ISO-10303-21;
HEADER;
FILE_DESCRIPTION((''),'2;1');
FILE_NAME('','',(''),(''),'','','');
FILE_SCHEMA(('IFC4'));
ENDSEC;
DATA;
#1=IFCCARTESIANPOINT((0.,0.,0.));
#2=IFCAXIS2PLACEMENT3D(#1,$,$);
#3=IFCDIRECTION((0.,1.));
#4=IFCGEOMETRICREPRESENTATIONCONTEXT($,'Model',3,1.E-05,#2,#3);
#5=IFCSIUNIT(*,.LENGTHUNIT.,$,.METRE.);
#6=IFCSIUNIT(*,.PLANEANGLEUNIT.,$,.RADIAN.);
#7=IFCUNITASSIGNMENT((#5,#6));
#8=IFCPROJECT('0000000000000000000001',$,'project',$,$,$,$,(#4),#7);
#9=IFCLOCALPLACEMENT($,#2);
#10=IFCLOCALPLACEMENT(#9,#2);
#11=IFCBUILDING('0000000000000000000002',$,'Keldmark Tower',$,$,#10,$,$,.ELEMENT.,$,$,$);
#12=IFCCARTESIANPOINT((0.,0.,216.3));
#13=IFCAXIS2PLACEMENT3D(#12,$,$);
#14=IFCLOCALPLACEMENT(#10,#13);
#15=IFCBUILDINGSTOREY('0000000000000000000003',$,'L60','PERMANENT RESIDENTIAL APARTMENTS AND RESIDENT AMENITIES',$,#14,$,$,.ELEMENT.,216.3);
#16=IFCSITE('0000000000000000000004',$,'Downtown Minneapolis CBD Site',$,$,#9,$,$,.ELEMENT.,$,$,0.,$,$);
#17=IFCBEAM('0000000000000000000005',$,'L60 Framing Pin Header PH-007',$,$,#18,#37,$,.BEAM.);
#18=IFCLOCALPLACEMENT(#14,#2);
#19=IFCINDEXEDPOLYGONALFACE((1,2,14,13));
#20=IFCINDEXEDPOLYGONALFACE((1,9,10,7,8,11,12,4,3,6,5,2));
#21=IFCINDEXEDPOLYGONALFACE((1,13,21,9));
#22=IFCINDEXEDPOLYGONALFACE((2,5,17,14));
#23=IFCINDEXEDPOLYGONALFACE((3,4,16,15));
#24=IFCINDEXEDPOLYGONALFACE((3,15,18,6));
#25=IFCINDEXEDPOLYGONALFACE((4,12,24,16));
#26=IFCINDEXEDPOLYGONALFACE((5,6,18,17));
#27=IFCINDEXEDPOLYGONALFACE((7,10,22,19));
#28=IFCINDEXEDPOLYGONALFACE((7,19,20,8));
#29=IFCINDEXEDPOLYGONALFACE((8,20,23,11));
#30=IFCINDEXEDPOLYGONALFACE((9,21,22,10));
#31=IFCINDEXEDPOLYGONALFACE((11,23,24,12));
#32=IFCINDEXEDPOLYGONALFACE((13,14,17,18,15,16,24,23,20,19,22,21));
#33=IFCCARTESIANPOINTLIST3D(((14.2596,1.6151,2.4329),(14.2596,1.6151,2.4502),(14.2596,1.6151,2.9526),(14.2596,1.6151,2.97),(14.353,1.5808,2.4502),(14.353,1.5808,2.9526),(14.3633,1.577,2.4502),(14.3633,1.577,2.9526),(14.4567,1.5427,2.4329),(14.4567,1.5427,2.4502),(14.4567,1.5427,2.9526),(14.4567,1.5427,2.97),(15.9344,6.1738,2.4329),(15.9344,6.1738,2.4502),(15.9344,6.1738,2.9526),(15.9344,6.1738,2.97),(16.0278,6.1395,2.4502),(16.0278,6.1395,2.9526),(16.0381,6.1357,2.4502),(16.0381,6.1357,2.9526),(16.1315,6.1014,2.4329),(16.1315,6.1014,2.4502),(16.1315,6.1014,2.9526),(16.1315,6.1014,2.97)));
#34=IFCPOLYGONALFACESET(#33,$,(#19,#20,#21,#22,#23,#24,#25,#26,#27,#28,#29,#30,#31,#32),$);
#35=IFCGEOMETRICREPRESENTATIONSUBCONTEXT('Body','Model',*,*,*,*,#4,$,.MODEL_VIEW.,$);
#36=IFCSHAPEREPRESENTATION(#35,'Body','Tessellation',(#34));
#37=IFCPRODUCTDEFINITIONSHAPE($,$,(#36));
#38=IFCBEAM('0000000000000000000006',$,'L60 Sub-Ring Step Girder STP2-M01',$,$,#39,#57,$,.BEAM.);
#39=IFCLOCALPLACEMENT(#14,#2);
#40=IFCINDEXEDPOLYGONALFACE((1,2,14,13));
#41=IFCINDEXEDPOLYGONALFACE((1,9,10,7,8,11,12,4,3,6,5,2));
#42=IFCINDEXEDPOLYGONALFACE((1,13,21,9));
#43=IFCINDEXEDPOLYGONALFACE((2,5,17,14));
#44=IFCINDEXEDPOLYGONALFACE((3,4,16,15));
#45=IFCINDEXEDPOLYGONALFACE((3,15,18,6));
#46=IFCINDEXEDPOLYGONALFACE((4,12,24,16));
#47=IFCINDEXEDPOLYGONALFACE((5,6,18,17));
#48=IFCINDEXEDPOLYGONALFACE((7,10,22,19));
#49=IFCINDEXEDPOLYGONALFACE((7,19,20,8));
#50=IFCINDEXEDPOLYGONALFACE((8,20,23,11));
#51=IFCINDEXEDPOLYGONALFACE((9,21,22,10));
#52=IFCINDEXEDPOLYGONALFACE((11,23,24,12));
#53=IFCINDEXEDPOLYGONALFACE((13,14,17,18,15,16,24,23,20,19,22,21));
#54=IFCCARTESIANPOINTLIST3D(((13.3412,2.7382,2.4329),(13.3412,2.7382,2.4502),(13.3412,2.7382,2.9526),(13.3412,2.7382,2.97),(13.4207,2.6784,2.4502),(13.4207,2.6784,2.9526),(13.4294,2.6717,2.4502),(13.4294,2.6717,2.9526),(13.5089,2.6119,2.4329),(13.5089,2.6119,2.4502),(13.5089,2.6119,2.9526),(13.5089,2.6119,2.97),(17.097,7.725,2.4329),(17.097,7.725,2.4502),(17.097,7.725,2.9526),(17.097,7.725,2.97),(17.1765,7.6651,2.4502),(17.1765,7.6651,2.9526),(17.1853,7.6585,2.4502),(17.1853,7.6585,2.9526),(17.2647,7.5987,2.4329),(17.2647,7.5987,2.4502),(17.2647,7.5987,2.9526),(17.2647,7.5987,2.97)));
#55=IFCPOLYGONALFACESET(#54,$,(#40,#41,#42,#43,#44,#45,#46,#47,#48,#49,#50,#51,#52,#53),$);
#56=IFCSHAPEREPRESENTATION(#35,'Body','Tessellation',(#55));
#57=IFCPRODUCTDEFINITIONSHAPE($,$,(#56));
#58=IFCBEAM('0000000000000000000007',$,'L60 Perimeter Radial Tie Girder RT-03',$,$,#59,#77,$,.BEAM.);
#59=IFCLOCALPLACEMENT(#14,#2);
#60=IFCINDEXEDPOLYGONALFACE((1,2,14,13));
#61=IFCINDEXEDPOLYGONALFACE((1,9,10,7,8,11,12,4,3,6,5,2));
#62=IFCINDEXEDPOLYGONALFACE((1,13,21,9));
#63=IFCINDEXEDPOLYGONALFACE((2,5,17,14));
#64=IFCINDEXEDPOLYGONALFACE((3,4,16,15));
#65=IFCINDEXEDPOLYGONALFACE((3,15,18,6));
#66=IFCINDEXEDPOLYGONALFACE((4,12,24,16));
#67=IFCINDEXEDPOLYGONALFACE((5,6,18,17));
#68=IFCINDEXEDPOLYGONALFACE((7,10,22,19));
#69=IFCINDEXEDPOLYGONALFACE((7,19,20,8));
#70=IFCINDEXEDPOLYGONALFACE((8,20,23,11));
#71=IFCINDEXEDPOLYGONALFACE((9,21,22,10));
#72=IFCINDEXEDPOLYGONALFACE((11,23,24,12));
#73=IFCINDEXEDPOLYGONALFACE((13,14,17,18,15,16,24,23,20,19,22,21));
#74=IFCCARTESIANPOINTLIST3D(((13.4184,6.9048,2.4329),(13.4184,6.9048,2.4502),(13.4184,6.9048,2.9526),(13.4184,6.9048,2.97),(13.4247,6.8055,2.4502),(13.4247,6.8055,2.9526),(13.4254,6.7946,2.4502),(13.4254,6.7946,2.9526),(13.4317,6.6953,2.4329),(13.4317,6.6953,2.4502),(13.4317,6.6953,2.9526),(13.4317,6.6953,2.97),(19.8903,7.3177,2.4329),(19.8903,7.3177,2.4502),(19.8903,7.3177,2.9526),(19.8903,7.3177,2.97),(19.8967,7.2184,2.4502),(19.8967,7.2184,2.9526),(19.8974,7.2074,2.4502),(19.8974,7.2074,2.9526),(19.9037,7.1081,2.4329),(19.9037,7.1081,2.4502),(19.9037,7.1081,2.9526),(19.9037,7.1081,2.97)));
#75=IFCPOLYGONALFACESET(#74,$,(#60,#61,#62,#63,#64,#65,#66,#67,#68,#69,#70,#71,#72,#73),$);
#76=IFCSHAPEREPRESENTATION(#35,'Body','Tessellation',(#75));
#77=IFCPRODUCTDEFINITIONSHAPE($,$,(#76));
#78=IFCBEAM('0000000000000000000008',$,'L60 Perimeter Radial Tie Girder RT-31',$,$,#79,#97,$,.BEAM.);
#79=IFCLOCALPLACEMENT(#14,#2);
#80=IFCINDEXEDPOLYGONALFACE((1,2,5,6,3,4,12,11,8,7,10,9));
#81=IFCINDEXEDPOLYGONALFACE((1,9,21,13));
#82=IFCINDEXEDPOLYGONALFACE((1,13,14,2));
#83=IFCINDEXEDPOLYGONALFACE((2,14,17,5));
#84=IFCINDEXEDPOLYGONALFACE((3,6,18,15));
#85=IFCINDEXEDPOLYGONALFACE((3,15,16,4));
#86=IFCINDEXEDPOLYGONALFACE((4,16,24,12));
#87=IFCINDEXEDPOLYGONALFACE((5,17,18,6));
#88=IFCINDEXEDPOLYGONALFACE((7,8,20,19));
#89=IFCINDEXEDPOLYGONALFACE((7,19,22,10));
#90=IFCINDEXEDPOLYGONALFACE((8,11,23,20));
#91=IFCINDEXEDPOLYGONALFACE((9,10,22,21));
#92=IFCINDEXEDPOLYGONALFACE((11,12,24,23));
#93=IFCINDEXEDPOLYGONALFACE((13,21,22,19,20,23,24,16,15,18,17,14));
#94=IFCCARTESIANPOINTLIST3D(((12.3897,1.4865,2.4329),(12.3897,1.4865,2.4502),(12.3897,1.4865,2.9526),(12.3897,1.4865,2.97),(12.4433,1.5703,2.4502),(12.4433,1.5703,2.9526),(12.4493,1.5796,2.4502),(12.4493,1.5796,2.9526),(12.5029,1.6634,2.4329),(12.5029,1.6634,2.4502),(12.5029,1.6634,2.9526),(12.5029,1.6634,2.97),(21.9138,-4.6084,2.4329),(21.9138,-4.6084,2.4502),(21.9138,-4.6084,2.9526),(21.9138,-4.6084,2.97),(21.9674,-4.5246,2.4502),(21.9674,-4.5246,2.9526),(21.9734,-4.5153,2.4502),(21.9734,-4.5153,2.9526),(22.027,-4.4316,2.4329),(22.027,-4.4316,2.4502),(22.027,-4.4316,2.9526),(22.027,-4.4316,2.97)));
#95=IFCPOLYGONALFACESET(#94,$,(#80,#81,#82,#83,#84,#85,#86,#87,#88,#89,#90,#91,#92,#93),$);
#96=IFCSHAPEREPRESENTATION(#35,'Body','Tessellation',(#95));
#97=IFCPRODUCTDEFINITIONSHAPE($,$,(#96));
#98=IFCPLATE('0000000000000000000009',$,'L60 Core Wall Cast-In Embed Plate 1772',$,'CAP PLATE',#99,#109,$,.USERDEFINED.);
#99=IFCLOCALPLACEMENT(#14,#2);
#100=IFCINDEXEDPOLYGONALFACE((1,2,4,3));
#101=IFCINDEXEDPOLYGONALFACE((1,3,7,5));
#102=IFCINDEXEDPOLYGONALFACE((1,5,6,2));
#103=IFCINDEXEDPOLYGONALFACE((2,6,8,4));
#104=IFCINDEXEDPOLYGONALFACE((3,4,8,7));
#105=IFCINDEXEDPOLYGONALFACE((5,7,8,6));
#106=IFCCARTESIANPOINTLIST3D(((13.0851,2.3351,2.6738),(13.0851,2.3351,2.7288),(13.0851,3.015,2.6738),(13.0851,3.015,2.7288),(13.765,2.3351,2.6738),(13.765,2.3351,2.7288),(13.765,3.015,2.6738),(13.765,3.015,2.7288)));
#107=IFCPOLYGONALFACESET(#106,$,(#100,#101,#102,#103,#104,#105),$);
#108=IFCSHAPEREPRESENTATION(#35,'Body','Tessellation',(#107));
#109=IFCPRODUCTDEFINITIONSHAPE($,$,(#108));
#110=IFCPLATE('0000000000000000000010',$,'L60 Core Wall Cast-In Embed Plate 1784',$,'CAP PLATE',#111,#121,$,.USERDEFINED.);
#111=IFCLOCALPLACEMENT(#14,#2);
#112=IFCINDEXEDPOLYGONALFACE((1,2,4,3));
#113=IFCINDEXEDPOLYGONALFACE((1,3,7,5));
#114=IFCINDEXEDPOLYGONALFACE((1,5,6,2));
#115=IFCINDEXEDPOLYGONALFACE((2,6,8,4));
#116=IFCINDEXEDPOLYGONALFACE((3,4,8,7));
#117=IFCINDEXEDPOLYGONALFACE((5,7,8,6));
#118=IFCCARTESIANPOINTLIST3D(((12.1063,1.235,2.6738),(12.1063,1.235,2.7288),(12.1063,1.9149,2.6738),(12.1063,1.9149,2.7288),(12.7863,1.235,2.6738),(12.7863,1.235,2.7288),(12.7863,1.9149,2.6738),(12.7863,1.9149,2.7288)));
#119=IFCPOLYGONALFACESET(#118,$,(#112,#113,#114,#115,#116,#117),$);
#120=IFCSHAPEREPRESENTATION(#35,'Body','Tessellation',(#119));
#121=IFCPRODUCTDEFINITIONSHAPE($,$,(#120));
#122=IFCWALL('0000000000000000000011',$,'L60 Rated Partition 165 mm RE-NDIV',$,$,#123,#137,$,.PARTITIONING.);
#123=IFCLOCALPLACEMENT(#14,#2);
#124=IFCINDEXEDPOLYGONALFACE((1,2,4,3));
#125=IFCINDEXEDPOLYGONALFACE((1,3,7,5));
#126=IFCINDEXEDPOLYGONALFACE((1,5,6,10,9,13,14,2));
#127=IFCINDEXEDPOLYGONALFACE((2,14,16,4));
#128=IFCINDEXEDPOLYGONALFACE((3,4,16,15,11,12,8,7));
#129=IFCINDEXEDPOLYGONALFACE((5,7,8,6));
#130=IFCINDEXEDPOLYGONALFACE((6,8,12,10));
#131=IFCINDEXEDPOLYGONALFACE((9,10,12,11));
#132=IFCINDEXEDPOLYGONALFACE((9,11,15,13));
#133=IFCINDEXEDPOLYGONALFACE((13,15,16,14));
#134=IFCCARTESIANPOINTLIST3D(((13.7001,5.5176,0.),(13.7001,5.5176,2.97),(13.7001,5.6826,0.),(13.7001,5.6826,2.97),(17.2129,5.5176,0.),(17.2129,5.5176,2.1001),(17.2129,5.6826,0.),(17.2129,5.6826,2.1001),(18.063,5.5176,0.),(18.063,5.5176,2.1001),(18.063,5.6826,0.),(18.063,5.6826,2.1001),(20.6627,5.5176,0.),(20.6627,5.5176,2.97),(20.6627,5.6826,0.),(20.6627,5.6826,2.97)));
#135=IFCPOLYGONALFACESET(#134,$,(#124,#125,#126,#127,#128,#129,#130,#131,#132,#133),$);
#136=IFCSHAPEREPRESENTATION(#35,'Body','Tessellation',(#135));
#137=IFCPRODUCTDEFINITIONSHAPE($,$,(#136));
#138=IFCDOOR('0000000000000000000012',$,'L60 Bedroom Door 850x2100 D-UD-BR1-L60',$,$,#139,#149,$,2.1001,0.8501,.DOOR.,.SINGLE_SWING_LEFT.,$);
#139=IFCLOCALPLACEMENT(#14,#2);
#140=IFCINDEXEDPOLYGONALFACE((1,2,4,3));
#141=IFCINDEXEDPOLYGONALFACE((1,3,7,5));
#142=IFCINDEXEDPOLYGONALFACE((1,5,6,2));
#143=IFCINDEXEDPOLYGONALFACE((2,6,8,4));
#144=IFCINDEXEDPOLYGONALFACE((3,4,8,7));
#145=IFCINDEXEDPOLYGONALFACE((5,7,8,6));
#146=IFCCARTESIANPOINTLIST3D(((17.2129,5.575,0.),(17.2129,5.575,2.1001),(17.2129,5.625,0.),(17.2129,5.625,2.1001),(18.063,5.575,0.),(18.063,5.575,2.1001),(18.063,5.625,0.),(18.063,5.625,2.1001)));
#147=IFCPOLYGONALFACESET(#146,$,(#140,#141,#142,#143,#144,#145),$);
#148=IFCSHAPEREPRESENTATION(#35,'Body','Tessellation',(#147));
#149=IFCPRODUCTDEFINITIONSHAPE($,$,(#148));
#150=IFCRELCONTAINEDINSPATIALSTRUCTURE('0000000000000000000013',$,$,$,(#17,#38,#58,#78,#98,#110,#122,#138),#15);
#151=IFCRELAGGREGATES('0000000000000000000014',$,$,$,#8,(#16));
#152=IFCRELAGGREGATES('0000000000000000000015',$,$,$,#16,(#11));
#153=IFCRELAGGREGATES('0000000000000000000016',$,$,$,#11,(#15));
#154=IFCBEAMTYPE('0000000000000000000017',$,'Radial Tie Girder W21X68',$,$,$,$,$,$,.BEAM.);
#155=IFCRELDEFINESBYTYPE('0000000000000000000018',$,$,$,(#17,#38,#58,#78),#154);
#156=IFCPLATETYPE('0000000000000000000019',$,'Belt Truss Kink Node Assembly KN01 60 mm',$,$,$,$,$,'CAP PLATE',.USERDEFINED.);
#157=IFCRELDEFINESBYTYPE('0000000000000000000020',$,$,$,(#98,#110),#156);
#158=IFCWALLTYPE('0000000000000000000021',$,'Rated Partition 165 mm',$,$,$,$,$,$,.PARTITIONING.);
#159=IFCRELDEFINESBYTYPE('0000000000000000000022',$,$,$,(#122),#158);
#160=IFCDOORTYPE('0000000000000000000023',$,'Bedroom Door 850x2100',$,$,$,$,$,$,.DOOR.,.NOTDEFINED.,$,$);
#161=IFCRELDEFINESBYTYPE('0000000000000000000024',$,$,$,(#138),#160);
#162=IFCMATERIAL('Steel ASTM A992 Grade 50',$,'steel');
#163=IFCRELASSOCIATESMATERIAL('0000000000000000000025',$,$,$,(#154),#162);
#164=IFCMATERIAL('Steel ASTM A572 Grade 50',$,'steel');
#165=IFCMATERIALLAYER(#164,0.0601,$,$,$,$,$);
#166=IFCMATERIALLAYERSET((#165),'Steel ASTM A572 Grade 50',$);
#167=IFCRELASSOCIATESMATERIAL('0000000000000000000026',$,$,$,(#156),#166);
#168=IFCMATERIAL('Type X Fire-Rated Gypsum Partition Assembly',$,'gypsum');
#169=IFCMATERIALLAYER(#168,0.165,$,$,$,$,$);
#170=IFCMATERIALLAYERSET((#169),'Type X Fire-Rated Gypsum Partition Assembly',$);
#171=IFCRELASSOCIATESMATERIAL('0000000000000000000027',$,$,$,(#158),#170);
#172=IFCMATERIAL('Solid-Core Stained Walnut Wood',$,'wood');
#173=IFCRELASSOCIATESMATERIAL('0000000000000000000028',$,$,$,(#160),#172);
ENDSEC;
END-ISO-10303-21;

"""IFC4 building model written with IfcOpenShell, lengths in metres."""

from ifc_helpers import new_model, si_unit, direction, frame, frame_2d, origin, origin_2d, place, context, subcontext, project, spatial, rectangle, i_section, extrude, material, layer, layer_set, material_profile, profile_set, type_object, element, fill, save


model = new_model("IFC4")

# Units and contexts
model_context = context("Model", 3, precision=1e-05, world=origin(), true_north=direction((0.0, 1.0)))
body_context = subcontext(model_context, "Body", "Model", "MODEL_VIEW")
ifc_project = project(units=[si_unit("LENGTHUNIT", "METRE"), si_unit("PLANEANGLEUNIT", "RADIAN")], contexts=[model_context])

# Site, building, storey
site_placement = place(None, origin())
site = spatial("IfcSite", under=ifc_project, at=site_placement, Name="Downtown Minneapolis CBD Site", CompositionType="ELEMENT", RefElevation=0.0)
building_placement = place(site_placement, origin())
building = spatial("IfcBuilding", under=site, at=building_placement, Name="Keldmark Tower", CompositionType="ELEMENT")
storey_placement = place(building_placement, frame((0.0, 0.0, 216.3)))
storey = spatial("IfcBuildingStorey", under=building, at=storey_placement, Name="L60", Description="PERMANENT RESIDENTIAL APARTMENTS AND RESIDENT AMENITIES", CompositionType="ELEMENT", Elevation=216.3)

# Beams
ifc_material_1 = material(Name="Steel ASTM A992 Grade 50", Category="steel")
ifc_material_profile = material_profile(ifc_material_1, i_section(OverallWidth=0.21, OverallDepth=0.5371, WebThickness=0.011, FlangeThickness=0.0173, at=origin_2d()), Name="W21X68")
ifc_profile_set = profile_set([ifc_material_profile], Name="Steel ASTM A992 Grade 50")
beam_type = type_object("IfcBeamType", Name="Radial Tie Girder W21X68", PredefinedType="BEAM", material=ifc_profile_set)
beam_1_placement = place(storey_placement, frame((14.3582, 1.5789, 2.7014), z_axis=(0.344841, 0.938661, 0.0), x_axis=(-0.938661, 0.344841, 0.0)))
element("IfcBeam", 1, at=beam_1_placement, inside=storey, type_object=beam_type, Name="L60 Framing Pin Header PH-007", PredefinedType="BEAM", context=body_context, shape_type="SweptSolid", body=[
    extrude(i_section(OverallWidth=0.21, OverallDepth=0.5371, WebThickness=0.011, FlangeThickness=0.0173, at=origin_2d()), origin(), (0.0, 0.0, 1.0), 4.8567),
])
beam_2_placement = place(storey_placement, frame((13.425, 2.675, 2.7014), z_axis=(0.601613, 0.798788, 0.0), x_axis=(-0.798788, 0.601613, 0.0)))
element("IfcBeam", 2, at=beam_2_placement, inside=storey, type_object=beam_type, Name="L60 Sub-Ring Step Girder STP2-M01", PredefinedType="BEAM", context=body_context, shape_type="SweptSolid", body=[
    extrude(i_section(OverallWidth=0.21, OverallDepth=0.5371, WebThickness=0.011, FlangeThickness=0.0173, at=origin_2d()), origin(), (0.0, 0.0, 1.0), 6.2429),
])
beam_3_placement = place(storey_placement, frame((13.425, 6.8, 2.7014), z_axis=(0.997972, 0.06366, 0.0), x_axis=(-0.06366, 0.997972, 0.0)))
element("IfcBeam", 3, at=beam_3_placement, inside=storey, type_object=beam_type, Name="L60 Perimeter Radial Tie Girder RT-03", PredefinedType="BEAM", context=body_context, shape_type="SweptSolid", body=[
    extrude(i_section(OverallWidth=0.21, OverallDepth=0.5371, WebThickness=0.011, FlangeThickness=0.0173, at=origin_2d()), origin(), (0.0, 0.0, 1.0), 6.4851),
])
beam_4_placement = place(storey_placement, frame((12.4463, 1.575, 2.7014), z_axis=(0.842291, -0.539022, 0.0), x_axis=(0.539022, 0.842291, 0.0)))
element("IfcBeam", 4, at=beam_4_placement, inside=storey, type_object=beam_type, Name="L60 Perimeter Radial Tie Girder RT-31", PredefinedType="BEAM", context=body_context, shape_type="SweptSolid", body=[
    extrude(i_section(OverallWidth=0.21, OverallDepth=0.5371, WebThickness=0.011, FlangeThickness=0.0173, at=origin_2d()), origin(), (0.0, 0.0, 1.0), 11.3074),
])

# Plates
ifc_material_2 = material(Name="Steel ASTM A572 Grade 50", Category="steel")
ifc_layer_1 = layer(ifc_material_2, 0.0601)
ifc_layer_set_1 = layer_set([ifc_layer_1], Name="Steel ASTM A572 Grade 50")
plate_type = type_object("IfcPlateType", Name="Belt Truss Kink Node Assembly KN01 60 mm", ElementType="CAP PLATE", PredefinedType="USERDEFINED", material=ifc_layer_set_1)
for number, where, z_axis, x_axis, name in (
    (5, (13.425, 2.675, 2.6738), (0.0, 0.0, 1.0), (1.0, 0.0, 0.0), "L60 Core Wall Cast-In Embed Plate 1772"),
    (6, (12.4463, 1.575, 2.6738), (0.0, 0.0, 1.0), (1.0, 0.0, 0.0), "L60 Core Wall Cast-In Embed Plate 1784"),
):
    element("IfcPlate", number, at=place(storey_placement, frame(where, z_axis=z_axis, x_axis=x_axis)), inside=storey, type_object=plate_type, Name=name, ObjectType="CAP PLATE", PredefinedType="USERDEFINED", context=body_context, shape_type="SweptSolid", body=[
        extrude(rectangle(XDim=0.6799, YDim=0.6799, at=origin_2d()), origin(), (0.0, 0.0, 1.0), 0.0549),
    ])

# Wall, opening, door
ifc_material_3 = material(Name="Type X Fire-Rated Gypsum Partition Assembly", Category="gypsum")
ifc_layer_2 = layer(ifc_material_3, 0.165)
ifc_layer_set_2 = layer_set([ifc_layer_2], Name="Type X Fire-Rated Gypsum Partition Assembly")
wall_type_1 = type_object("IfcWallType", Name="Rated Partition 165 mm", PredefinedType="PARTITIONING", material=ifc_layer_set_2)
wall_1_placement = place(storey_placement, frame((13.7, 5.6001, 0.0), z_axis=(0.0, 0.0, 1.0), x_axis=(1.0, 0.0, 0.0)))
wall_1 = element("IfcWall", 7, at=wall_1_placement, inside=storey, type_object=wall_type_1, Name="L60 Rated Partition 165 mm RE-NDIV", PredefinedType="PARTITIONING", context=body_context, shape_type="SweptSolid", body=[
    extrude(rectangle(XDim=6.9626, YDim=0.165, at=frame_2d((3.4814, 0.0))), origin(), (0.0, 0.0, 1.0), 2.97),
])
opening_1_placement = place(wall_1_placement, frame((3.5129, 0.0, 0.0)))
opening_1 = element("IfcOpeningElement", 8, at=opening_1_placement, cuts=wall_1, PredefinedType="OPENING", context=body_context, shape_type="SweptSolid", body=[
    extrude(rectangle(XDim=0.8501, YDim=2.1001, at=frame_2d((0.425, 1.05))), frame((0.0, 0.0925, 0.0), z_axis=(0.0, -1.0, 0.0), x_axis=(1.0, 0.0, 0.0)), (0.0, 0.0, 1.0), 0.1851),
])
ifc_material_4 = material(Name="Solid-Core Stained Walnut Wood", Category="wood")
door_type_1 = type_object("IfcDoorType", Name="Bedroom Door 850x2100", OperationType="NOTDEFINED", PredefinedType="DOOR", material=ifc_material_4)
door_1_placement = place(opening_1_placement, origin())
door_1 = element("IfcDoor", 9, at=door_1_placement, inside=storey, type_object=door_type_1, Name="L60 Bedroom Door 850x2100 D-UD-BR1-L60", OperationType="SINGLE_SWING_LEFT", OverallHeight=2.1001, OverallWidth=0.8501, PredefinedType="DOOR", context=body_context, shape_type="SweptSolid", body=[
    extrude(rectangle(XDim=0.8501, YDim=2.1001, at=frame_2d((0.425, 1.05))), frame((0.0, 0.0249, 0.0), z_axis=(0.0, -1.0, 0.0), x_axis=(1.0, 0.0, 0.0)), (0.0, 0.0, 1.0), 0.05),
])
fill(opening_1, door_1)

save(model, "model.ifc")
